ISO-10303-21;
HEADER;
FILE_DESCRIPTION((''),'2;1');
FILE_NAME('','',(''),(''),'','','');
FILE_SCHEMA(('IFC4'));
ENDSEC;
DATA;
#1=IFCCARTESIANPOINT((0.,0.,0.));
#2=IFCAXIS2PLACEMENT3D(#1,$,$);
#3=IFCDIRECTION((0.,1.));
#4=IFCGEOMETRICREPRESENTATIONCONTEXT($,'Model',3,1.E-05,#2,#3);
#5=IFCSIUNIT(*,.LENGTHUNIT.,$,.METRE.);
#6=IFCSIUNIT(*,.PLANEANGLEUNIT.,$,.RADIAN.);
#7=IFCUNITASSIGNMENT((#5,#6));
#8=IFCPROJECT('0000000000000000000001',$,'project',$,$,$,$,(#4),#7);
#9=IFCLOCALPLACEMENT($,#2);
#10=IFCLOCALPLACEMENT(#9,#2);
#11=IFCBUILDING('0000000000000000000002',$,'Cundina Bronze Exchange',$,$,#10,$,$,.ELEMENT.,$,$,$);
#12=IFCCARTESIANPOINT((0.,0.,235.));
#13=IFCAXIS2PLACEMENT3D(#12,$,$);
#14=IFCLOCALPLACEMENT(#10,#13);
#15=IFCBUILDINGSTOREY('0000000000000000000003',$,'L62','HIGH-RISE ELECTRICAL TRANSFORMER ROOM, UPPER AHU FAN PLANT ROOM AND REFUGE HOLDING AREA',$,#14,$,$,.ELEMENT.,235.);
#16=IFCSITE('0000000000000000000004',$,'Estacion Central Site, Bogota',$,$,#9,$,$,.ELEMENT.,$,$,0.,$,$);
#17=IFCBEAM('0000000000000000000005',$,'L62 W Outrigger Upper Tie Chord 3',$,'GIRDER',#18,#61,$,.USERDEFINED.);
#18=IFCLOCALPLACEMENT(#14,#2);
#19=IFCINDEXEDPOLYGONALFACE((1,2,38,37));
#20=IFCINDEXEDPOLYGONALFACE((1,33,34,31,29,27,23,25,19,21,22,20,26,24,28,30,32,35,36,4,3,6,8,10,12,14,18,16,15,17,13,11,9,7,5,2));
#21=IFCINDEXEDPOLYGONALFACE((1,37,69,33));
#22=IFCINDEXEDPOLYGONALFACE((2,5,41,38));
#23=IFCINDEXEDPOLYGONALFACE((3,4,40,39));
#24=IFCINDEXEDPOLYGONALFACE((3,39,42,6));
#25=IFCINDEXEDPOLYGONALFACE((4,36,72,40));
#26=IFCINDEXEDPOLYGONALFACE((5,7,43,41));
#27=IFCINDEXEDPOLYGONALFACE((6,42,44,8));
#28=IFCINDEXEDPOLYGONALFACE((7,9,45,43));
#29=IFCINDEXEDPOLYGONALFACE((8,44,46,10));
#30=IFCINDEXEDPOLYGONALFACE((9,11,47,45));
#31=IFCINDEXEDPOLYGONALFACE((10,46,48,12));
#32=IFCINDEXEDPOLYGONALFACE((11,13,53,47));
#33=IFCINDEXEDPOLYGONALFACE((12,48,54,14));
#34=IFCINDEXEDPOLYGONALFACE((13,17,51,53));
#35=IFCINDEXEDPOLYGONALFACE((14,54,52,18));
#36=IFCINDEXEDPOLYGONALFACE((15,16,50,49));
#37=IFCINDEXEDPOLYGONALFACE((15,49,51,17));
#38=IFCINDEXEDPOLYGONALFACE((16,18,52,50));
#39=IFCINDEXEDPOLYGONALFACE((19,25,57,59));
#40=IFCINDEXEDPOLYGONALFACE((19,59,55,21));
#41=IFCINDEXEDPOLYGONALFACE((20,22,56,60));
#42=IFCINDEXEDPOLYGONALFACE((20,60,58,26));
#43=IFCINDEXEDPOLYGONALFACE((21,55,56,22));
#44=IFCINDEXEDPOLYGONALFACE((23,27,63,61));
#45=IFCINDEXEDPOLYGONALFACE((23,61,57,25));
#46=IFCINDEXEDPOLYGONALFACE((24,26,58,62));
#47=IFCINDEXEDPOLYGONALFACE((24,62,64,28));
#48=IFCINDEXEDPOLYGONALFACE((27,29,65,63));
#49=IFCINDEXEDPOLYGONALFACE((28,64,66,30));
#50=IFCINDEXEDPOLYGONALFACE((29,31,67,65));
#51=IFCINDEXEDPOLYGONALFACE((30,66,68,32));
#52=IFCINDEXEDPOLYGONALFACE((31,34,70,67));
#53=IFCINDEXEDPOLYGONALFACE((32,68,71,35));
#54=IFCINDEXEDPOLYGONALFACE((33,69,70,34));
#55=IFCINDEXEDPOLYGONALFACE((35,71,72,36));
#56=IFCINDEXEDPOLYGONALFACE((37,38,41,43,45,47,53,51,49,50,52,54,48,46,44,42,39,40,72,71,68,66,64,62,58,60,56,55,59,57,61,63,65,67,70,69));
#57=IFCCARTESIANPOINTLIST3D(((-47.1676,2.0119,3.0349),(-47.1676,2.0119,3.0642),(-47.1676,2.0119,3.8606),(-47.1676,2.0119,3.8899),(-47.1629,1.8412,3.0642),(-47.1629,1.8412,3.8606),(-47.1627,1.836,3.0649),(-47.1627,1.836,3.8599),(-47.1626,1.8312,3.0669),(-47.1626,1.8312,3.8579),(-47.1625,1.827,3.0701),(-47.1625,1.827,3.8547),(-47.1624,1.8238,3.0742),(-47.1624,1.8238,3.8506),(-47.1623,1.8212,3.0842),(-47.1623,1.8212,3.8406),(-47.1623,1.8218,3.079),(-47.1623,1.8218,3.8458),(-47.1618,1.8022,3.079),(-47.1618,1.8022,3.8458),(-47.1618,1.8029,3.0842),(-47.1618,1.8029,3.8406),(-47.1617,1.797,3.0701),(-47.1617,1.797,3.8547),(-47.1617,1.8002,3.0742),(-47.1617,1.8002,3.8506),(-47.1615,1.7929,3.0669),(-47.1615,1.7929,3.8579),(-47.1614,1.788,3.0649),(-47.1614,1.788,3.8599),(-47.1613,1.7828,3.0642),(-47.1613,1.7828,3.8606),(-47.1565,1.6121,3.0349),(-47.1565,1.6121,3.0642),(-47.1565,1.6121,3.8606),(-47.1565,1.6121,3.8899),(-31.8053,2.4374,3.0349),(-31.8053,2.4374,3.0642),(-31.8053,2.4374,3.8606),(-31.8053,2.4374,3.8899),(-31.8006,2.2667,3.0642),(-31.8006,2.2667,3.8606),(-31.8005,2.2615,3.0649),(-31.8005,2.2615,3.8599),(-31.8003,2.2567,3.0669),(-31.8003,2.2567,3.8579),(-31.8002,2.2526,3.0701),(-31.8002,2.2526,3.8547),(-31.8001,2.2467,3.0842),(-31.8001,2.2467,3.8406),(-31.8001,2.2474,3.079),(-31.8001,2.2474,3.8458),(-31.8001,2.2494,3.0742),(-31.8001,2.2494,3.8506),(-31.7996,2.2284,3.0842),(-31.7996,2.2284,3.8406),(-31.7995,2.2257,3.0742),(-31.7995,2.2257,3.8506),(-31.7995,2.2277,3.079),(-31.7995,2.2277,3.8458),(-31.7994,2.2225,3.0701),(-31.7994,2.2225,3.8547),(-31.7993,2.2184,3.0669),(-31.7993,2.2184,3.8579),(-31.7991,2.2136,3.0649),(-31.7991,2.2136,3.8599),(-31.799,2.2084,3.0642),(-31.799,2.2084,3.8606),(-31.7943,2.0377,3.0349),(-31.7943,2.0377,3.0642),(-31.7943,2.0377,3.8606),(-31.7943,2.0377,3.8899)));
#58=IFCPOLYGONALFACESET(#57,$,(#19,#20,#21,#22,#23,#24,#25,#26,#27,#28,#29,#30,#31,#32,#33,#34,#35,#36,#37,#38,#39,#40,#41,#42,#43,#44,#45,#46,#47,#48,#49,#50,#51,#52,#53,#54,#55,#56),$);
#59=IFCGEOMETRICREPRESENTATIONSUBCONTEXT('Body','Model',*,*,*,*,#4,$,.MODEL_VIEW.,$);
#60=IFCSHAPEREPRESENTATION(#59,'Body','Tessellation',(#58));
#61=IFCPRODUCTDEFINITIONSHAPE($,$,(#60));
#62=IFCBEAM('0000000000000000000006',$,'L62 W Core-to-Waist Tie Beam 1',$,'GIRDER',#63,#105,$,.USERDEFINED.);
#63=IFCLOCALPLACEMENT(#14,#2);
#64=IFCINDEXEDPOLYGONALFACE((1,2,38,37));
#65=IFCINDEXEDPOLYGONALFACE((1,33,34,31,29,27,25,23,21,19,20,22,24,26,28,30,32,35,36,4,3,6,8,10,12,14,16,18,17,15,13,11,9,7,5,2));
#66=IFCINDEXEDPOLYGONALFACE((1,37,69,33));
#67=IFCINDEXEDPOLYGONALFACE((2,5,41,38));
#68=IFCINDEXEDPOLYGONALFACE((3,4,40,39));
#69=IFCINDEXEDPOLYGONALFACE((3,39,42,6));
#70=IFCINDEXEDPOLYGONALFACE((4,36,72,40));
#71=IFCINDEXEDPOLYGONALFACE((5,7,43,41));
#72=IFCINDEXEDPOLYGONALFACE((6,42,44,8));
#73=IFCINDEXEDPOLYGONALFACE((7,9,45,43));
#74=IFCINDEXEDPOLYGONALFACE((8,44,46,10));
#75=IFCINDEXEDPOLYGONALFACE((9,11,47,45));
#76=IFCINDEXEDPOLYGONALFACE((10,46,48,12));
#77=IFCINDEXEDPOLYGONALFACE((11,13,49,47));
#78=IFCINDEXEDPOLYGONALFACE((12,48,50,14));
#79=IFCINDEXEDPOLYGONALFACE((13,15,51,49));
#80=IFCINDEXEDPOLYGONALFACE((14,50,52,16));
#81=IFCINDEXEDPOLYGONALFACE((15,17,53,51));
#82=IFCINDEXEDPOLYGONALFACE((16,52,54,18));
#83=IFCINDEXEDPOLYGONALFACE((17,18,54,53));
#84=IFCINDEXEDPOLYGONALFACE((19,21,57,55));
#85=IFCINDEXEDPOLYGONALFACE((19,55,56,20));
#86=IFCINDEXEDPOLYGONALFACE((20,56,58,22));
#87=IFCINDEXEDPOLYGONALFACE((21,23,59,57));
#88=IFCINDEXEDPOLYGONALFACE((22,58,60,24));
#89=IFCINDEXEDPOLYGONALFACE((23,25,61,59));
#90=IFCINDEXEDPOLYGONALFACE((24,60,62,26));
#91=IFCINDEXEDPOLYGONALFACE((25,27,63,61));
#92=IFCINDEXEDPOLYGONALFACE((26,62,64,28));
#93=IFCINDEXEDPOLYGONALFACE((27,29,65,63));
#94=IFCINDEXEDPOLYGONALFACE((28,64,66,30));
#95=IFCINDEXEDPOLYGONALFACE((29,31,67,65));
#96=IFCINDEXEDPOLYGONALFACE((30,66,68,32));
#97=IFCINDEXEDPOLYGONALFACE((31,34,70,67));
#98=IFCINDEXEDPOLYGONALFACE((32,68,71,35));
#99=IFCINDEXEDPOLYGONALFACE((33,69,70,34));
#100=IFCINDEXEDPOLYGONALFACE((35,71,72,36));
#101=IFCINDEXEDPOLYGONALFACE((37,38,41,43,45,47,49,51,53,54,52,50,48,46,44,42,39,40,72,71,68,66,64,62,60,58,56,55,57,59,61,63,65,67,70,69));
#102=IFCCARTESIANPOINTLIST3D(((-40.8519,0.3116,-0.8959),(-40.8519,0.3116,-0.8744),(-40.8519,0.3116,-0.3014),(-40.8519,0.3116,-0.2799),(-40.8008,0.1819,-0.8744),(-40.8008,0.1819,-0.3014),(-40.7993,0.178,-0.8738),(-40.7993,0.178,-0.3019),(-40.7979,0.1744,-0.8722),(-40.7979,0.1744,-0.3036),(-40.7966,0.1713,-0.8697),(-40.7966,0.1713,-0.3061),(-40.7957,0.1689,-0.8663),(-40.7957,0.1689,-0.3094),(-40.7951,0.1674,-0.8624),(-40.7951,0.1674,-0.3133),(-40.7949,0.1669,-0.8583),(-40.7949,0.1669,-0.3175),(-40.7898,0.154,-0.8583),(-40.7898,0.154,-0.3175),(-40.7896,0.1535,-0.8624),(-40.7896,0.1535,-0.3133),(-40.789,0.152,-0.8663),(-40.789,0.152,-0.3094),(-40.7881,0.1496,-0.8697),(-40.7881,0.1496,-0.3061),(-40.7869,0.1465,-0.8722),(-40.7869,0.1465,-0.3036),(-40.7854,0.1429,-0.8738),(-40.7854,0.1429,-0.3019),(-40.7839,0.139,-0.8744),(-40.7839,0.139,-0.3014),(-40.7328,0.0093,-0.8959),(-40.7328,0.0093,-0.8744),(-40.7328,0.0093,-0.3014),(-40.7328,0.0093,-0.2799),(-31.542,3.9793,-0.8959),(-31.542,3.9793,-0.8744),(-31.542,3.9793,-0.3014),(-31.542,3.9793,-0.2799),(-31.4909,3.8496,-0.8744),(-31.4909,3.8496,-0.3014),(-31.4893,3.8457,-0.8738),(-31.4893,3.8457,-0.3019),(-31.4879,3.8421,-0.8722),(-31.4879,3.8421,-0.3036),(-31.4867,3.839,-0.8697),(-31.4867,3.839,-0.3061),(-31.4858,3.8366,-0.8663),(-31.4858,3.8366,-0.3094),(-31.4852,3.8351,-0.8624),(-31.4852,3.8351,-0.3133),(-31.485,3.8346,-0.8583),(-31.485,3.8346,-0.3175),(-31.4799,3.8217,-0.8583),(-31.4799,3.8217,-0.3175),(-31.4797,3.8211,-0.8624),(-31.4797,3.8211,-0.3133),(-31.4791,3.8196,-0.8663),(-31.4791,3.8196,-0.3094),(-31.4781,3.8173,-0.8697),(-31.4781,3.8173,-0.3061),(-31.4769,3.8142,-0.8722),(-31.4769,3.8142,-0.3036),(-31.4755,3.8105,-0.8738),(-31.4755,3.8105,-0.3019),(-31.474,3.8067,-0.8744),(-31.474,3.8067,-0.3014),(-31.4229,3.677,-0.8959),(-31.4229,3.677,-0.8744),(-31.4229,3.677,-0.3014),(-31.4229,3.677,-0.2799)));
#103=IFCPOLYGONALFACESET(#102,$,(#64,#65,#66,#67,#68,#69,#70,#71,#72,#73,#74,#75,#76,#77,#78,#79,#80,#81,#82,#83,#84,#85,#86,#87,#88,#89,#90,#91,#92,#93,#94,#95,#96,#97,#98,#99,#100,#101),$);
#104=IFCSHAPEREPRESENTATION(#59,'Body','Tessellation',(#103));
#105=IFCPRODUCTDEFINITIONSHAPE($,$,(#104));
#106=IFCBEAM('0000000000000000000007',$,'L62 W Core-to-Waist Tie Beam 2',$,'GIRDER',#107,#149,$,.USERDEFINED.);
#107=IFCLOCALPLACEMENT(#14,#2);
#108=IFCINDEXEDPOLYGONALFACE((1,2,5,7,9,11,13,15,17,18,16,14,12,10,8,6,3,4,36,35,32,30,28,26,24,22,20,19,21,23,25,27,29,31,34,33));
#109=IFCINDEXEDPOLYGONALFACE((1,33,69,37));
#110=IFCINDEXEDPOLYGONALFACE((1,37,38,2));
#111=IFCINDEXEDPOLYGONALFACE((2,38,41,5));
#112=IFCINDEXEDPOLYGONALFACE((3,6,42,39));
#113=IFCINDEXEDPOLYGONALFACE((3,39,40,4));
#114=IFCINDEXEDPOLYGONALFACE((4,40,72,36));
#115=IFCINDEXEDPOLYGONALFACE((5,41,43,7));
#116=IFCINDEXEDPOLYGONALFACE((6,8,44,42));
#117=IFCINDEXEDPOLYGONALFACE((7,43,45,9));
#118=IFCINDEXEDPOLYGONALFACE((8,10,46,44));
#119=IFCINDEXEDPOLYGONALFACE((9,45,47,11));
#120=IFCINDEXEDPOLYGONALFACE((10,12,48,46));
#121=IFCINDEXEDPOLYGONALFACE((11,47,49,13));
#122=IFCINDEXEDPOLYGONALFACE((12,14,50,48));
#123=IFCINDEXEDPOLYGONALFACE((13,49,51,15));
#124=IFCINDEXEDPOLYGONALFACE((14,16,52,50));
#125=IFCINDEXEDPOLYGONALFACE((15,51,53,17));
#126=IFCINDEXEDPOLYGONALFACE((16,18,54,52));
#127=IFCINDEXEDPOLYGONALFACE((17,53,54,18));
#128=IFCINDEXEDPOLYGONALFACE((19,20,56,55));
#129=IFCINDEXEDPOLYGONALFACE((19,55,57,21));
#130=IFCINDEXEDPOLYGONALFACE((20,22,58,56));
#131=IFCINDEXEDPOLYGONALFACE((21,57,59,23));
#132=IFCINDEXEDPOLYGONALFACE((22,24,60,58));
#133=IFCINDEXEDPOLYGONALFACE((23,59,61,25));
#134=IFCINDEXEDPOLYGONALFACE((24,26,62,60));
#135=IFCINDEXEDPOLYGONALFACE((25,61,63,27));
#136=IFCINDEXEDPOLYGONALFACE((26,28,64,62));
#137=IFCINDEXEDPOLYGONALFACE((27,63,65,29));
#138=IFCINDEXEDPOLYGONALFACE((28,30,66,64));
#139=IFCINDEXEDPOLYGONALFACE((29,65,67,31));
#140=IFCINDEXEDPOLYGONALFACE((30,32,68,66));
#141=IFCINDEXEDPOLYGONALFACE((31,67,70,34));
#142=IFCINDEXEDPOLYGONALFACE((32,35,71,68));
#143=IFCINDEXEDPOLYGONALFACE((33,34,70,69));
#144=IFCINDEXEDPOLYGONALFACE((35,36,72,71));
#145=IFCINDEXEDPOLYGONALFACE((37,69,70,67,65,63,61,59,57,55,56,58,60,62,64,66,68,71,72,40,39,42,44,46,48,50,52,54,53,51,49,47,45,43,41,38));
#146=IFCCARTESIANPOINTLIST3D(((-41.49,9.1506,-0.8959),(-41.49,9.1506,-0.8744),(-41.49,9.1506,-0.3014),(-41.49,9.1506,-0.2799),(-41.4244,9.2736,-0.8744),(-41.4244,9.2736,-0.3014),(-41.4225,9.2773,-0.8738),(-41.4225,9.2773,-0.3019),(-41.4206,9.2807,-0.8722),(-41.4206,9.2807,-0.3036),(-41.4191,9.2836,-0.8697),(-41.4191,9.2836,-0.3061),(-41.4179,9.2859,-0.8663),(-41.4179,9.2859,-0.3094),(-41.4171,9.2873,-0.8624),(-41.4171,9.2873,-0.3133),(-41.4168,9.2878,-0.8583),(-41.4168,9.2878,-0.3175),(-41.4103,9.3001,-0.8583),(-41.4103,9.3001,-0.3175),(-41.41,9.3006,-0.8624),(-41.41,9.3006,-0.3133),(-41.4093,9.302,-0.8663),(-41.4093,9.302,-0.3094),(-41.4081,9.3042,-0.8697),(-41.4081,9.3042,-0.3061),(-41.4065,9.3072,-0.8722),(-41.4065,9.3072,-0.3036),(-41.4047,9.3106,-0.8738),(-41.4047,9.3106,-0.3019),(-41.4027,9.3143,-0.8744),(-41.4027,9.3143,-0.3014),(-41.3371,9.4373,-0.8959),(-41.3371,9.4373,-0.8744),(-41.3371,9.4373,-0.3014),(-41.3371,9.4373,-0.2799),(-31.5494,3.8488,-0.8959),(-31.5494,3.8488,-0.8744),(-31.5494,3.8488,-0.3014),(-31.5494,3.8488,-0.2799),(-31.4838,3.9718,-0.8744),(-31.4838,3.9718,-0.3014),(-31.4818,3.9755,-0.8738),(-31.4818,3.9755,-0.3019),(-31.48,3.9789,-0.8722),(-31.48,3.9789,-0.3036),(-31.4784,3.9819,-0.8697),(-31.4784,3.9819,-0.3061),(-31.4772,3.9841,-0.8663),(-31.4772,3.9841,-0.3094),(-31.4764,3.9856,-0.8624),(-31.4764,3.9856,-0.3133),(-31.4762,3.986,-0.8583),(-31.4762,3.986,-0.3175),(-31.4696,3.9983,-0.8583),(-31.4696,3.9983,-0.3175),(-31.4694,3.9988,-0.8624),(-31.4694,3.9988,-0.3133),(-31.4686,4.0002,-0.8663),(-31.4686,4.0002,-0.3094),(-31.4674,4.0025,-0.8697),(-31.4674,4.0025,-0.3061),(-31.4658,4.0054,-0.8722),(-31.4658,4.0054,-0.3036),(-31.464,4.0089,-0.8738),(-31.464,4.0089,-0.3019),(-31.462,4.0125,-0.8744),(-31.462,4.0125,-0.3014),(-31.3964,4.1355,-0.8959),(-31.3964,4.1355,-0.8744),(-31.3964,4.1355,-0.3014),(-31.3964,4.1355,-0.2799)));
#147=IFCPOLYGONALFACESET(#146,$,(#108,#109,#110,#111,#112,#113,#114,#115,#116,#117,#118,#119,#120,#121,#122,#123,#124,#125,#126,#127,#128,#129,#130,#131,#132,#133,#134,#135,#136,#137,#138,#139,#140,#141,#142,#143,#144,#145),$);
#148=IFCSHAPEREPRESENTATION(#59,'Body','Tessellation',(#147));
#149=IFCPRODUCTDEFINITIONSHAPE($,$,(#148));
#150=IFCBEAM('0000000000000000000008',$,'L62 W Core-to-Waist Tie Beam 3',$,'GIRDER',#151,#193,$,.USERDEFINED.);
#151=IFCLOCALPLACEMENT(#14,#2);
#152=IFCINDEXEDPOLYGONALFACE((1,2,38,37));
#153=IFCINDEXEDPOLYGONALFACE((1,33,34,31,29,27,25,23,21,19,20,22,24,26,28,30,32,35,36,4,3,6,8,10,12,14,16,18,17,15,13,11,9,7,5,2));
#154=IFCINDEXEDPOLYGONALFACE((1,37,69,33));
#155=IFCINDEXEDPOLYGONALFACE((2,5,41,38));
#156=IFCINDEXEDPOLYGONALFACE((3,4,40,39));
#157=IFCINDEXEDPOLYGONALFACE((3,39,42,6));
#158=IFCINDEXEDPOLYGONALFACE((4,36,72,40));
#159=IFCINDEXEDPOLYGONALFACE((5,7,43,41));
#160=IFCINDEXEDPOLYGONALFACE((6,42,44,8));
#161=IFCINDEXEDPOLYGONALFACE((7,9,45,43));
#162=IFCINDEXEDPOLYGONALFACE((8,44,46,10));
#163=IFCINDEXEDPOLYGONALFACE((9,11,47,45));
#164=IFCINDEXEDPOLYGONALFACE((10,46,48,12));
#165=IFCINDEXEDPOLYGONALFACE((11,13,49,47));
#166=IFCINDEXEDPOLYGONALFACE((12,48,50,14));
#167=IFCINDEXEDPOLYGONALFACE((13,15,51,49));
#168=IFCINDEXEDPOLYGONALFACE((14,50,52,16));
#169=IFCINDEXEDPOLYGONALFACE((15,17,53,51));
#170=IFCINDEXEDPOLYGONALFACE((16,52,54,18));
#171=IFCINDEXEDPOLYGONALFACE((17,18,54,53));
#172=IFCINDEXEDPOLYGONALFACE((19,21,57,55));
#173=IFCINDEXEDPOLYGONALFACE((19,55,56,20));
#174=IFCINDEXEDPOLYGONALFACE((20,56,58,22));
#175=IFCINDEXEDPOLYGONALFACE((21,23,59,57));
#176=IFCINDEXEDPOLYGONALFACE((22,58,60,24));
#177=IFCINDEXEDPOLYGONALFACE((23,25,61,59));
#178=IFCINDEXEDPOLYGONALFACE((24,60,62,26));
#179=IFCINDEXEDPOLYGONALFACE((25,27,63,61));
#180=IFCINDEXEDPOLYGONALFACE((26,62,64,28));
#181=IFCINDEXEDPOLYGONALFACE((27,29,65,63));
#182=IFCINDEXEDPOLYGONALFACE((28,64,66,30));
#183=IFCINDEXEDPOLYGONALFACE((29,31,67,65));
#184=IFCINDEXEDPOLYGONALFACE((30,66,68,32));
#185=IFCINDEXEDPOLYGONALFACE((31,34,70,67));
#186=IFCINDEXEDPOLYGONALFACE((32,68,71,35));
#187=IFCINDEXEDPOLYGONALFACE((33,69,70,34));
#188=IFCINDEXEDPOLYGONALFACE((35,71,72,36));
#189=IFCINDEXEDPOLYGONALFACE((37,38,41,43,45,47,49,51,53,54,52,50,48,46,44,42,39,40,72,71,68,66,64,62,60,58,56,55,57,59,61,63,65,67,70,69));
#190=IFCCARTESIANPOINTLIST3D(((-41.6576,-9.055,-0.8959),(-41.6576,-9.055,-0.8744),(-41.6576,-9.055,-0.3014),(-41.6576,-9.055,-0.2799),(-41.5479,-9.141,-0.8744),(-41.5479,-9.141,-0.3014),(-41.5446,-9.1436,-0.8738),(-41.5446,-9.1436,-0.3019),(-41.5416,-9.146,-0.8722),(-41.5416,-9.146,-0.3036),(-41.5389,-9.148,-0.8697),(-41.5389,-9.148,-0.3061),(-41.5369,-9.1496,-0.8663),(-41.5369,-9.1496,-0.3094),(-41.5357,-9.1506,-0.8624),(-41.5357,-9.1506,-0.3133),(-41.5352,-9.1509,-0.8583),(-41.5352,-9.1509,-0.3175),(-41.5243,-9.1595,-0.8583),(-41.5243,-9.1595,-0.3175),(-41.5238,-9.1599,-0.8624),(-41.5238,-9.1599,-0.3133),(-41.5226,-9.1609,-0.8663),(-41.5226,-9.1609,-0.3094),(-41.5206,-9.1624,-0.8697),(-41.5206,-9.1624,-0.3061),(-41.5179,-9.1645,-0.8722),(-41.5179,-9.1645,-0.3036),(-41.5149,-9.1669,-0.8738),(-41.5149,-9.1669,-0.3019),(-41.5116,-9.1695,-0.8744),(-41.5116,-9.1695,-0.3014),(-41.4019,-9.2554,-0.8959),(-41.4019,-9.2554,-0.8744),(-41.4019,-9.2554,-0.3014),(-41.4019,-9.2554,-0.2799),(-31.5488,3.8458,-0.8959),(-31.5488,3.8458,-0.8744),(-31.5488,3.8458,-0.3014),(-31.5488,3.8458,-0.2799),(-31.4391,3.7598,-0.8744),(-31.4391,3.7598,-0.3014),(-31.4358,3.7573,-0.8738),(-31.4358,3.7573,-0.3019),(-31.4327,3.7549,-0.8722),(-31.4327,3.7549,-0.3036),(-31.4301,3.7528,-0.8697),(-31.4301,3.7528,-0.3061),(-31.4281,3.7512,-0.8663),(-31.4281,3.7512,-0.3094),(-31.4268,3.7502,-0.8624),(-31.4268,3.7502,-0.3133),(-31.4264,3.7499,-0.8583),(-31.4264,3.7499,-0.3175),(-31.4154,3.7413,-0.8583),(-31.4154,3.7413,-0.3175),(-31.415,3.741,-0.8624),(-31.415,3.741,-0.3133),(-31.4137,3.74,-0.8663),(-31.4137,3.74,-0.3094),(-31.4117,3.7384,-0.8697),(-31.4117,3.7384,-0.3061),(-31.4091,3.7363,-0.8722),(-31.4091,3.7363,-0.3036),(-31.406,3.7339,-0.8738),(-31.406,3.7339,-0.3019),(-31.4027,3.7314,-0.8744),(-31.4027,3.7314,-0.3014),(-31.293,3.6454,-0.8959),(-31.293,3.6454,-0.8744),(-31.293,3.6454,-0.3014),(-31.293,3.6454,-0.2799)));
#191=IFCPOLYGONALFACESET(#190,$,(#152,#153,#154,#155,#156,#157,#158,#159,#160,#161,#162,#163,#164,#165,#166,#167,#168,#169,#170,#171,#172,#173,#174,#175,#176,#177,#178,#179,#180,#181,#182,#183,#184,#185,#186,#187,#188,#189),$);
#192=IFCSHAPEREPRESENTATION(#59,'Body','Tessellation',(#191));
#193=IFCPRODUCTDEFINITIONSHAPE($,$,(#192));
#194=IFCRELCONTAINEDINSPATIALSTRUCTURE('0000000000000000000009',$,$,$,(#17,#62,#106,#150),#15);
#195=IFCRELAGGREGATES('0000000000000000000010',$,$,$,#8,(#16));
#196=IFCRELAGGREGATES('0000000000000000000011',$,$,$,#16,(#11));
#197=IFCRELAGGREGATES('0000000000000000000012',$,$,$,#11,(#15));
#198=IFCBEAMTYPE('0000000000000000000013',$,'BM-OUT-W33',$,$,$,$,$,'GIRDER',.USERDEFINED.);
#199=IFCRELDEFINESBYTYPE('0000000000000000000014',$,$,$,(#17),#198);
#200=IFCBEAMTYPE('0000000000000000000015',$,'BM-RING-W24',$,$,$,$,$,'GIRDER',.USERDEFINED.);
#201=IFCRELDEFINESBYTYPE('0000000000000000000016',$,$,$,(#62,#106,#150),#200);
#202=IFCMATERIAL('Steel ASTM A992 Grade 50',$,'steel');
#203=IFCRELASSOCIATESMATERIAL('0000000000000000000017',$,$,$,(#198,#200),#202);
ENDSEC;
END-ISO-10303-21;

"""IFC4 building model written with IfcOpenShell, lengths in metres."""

from ifc_helpers import new_model, si_unit, direction, frame, origin, origin_2d, place, context, subcontext, project, spatial, i_section, extrude, material, material_profile, profile_set, type_object, element, save


model = new_model("IFC4")

# Units and contexts
model_context = context("Model", 3, precision=1e-05, world=origin(), true_north=direction((0.0, 1.0)))
body_context = subcontext(model_context, "Body", "Model", "MODEL_VIEW")
ifc_project = project(units=[si_unit("LENGTHUNIT", "METRE"), si_unit("PLANEANGLEUNIT", "RADIAN")], contexts=[model_context])

# Site, building, storey
site_placement = place(None, origin())
site = spatial("IfcSite", under=ifc_project, at=site_placement, Name="Estacion Central Site, Bogota", CompositionType="ELEMENT", RefElevation=0.0)
building_placement = place(site_placement, origin())
building = spatial("IfcBuilding", under=site, at=building_placement, Name="Cundina Bronze Exchange", CompositionType="ELEMENT")
storey_placement = place(building_placement, frame((0.0, 0.0, 235.0)))
storey = spatial("IfcBuildingStorey", under=building, at=storey_placement, Name="L62", Description="HIGH-RISE ELECTRICAL TRANSFORMER ROOM, UPPER AHU FAN PLANT ROOM AND REFUGE HOLDING AREA", CompositionType="ELEMENT", Elevation=235.0)

# Shared definitions
ifc_material_1 = material(Name="Steel ASTM A992 Grade 50", Category="steel")

# Beams
ifc_material_profile_1 = material_profile(ifc_material_1, i_section(OverallWidth=0.3999, OverallDepth=0.855, WebThickness=0.0183, FlangeThickness=0.0293, FilletRadius=0.02, at=origin_2d()), Name="W33X201", Category="steel")
ifc_profile_set_1 = profile_set([ifc_material_profile_1], Name="Steel ASTM A992 Grade 50")
beam_type_1 = type_object("IfcBeamType", Name="BM-OUT-W33", ElementType="GIRDER", PredefinedType="USERDEFINED", material=ifc_profile_set_1)
beam_1_placement = place(storey_placement, frame((-31.7998, 2.2375, 3.4624), z_axis=(-0.999617, -0.027689, 0.0), x_axis=(0.027689, -0.999617, 0.0)))
element("IfcBeam", 1, at=beam_1_placement, inside=storey, type_object=beam_type_1, Name="L62 W Outrigger Upper Tie Chord 3", ObjectType="GIRDER", PredefinedType="USERDEFINED", context=body_context, shape_type="SweptSolid", body=[
    extrude(i_section(OverallWidth=0.3999, OverallDepth=0.855, WebThickness=0.0183, FlangeThickness=0.0293, FilletRadius=0.02, at=origin_2d()), origin(), (0.0, 0.0, 1.0), 15.3682),
])
ifc_material_profile_2 = material_profile(ifc_material_1, i_section(OverallWidth=0.325, OverallDepth=0.616, WebThickness=0.0139, FlangeThickness=0.0215, FilletRadius=0.0161, at=origin_2d()), Name="W24X117", Category="steel")
ifc_profile_set_2 = profile_set([ifc_material_profile_2], Name="Steel ASTM A992 Grade 50")
beam_type_2 = type_object("IfcBeamType", Name="BM-RING-W24", ElementType="GIRDER", PredefinedType="USERDEFINED", material=ifc_profile_set_2)
beam_2_placement = place(storey_placement, frame((-31.4824, 3.8281, -0.5879), z_axis=(-0.930404, -0.366535, 0.0), x_axis=(0.366535, -0.930404, 0.0)))
element("IfcBeam", 2, at=beam_2_placement, inside=storey, type_object=beam_type_2, Name="L62 W Core-to-Waist Tie Beam 1", ObjectType="GIRDER", PredefinedType="USERDEFINED", context=body_context, shape_type="SweptSolid", body=[
    extrude(i_section(OverallWidth=0.325, OverallDepth=0.616, WebThickness=0.0139, FlangeThickness=0.0215, FilletRadius=0.0161, at=origin_2d()), origin(), (0.0, 0.0, 1.0), 10.0063),
])
beam_3_placement = place(storey_placement, frame((-31.4729, 3.9922, -0.5879), z_axis=(-0.882351, 0.470593, 0.0), x_axis=(-0.470593, -0.882351, 0.0)))
element("IfcBeam", 3, at=beam_3_placement, inside=storey, type_object=beam_type_2, Name="L62 W Core-to-Waist Tie Beam 2", ObjectType="GIRDER", PredefinedType="USERDEFINED", context=body_context, shape_type="SweptSolid", body=[
    extrude(i_section(OverallWidth=0.325, OverallDepth=0.616, WebThickness=0.0139, FlangeThickness=0.0215, FilletRadius=0.0161, at=origin_2d()), origin(), (0.0, 0.0, 1.0), 11.2661),
])
beam_4_placement = place(storey_placement, frame((-31.4209, 3.7456, -0.5879), z_axis=(-0.616783, -0.787133, 0.0), x_axis=(0.787133, -0.616783, 0.0)))
element("IfcBeam", 4, at=beam_4_placement, inside=storey, type_object=beam_type_2, Name="L62 W Core-to-Waist Tie Beam 3", ObjectType="GIRDER", PredefinedType="USERDEFINED", context=body_context, shape_type="SweptSolid", body=[
    extrude(i_section(OverallWidth=0.325, OverallDepth=0.616, WebThickness=0.0139, FlangeThickness=0.0215, FilletRadius=0.0161, at=origin_2d()), origin(), (0.0, 0.0, 1.0), 16.3896),
])

save(model, "model.ifc")
